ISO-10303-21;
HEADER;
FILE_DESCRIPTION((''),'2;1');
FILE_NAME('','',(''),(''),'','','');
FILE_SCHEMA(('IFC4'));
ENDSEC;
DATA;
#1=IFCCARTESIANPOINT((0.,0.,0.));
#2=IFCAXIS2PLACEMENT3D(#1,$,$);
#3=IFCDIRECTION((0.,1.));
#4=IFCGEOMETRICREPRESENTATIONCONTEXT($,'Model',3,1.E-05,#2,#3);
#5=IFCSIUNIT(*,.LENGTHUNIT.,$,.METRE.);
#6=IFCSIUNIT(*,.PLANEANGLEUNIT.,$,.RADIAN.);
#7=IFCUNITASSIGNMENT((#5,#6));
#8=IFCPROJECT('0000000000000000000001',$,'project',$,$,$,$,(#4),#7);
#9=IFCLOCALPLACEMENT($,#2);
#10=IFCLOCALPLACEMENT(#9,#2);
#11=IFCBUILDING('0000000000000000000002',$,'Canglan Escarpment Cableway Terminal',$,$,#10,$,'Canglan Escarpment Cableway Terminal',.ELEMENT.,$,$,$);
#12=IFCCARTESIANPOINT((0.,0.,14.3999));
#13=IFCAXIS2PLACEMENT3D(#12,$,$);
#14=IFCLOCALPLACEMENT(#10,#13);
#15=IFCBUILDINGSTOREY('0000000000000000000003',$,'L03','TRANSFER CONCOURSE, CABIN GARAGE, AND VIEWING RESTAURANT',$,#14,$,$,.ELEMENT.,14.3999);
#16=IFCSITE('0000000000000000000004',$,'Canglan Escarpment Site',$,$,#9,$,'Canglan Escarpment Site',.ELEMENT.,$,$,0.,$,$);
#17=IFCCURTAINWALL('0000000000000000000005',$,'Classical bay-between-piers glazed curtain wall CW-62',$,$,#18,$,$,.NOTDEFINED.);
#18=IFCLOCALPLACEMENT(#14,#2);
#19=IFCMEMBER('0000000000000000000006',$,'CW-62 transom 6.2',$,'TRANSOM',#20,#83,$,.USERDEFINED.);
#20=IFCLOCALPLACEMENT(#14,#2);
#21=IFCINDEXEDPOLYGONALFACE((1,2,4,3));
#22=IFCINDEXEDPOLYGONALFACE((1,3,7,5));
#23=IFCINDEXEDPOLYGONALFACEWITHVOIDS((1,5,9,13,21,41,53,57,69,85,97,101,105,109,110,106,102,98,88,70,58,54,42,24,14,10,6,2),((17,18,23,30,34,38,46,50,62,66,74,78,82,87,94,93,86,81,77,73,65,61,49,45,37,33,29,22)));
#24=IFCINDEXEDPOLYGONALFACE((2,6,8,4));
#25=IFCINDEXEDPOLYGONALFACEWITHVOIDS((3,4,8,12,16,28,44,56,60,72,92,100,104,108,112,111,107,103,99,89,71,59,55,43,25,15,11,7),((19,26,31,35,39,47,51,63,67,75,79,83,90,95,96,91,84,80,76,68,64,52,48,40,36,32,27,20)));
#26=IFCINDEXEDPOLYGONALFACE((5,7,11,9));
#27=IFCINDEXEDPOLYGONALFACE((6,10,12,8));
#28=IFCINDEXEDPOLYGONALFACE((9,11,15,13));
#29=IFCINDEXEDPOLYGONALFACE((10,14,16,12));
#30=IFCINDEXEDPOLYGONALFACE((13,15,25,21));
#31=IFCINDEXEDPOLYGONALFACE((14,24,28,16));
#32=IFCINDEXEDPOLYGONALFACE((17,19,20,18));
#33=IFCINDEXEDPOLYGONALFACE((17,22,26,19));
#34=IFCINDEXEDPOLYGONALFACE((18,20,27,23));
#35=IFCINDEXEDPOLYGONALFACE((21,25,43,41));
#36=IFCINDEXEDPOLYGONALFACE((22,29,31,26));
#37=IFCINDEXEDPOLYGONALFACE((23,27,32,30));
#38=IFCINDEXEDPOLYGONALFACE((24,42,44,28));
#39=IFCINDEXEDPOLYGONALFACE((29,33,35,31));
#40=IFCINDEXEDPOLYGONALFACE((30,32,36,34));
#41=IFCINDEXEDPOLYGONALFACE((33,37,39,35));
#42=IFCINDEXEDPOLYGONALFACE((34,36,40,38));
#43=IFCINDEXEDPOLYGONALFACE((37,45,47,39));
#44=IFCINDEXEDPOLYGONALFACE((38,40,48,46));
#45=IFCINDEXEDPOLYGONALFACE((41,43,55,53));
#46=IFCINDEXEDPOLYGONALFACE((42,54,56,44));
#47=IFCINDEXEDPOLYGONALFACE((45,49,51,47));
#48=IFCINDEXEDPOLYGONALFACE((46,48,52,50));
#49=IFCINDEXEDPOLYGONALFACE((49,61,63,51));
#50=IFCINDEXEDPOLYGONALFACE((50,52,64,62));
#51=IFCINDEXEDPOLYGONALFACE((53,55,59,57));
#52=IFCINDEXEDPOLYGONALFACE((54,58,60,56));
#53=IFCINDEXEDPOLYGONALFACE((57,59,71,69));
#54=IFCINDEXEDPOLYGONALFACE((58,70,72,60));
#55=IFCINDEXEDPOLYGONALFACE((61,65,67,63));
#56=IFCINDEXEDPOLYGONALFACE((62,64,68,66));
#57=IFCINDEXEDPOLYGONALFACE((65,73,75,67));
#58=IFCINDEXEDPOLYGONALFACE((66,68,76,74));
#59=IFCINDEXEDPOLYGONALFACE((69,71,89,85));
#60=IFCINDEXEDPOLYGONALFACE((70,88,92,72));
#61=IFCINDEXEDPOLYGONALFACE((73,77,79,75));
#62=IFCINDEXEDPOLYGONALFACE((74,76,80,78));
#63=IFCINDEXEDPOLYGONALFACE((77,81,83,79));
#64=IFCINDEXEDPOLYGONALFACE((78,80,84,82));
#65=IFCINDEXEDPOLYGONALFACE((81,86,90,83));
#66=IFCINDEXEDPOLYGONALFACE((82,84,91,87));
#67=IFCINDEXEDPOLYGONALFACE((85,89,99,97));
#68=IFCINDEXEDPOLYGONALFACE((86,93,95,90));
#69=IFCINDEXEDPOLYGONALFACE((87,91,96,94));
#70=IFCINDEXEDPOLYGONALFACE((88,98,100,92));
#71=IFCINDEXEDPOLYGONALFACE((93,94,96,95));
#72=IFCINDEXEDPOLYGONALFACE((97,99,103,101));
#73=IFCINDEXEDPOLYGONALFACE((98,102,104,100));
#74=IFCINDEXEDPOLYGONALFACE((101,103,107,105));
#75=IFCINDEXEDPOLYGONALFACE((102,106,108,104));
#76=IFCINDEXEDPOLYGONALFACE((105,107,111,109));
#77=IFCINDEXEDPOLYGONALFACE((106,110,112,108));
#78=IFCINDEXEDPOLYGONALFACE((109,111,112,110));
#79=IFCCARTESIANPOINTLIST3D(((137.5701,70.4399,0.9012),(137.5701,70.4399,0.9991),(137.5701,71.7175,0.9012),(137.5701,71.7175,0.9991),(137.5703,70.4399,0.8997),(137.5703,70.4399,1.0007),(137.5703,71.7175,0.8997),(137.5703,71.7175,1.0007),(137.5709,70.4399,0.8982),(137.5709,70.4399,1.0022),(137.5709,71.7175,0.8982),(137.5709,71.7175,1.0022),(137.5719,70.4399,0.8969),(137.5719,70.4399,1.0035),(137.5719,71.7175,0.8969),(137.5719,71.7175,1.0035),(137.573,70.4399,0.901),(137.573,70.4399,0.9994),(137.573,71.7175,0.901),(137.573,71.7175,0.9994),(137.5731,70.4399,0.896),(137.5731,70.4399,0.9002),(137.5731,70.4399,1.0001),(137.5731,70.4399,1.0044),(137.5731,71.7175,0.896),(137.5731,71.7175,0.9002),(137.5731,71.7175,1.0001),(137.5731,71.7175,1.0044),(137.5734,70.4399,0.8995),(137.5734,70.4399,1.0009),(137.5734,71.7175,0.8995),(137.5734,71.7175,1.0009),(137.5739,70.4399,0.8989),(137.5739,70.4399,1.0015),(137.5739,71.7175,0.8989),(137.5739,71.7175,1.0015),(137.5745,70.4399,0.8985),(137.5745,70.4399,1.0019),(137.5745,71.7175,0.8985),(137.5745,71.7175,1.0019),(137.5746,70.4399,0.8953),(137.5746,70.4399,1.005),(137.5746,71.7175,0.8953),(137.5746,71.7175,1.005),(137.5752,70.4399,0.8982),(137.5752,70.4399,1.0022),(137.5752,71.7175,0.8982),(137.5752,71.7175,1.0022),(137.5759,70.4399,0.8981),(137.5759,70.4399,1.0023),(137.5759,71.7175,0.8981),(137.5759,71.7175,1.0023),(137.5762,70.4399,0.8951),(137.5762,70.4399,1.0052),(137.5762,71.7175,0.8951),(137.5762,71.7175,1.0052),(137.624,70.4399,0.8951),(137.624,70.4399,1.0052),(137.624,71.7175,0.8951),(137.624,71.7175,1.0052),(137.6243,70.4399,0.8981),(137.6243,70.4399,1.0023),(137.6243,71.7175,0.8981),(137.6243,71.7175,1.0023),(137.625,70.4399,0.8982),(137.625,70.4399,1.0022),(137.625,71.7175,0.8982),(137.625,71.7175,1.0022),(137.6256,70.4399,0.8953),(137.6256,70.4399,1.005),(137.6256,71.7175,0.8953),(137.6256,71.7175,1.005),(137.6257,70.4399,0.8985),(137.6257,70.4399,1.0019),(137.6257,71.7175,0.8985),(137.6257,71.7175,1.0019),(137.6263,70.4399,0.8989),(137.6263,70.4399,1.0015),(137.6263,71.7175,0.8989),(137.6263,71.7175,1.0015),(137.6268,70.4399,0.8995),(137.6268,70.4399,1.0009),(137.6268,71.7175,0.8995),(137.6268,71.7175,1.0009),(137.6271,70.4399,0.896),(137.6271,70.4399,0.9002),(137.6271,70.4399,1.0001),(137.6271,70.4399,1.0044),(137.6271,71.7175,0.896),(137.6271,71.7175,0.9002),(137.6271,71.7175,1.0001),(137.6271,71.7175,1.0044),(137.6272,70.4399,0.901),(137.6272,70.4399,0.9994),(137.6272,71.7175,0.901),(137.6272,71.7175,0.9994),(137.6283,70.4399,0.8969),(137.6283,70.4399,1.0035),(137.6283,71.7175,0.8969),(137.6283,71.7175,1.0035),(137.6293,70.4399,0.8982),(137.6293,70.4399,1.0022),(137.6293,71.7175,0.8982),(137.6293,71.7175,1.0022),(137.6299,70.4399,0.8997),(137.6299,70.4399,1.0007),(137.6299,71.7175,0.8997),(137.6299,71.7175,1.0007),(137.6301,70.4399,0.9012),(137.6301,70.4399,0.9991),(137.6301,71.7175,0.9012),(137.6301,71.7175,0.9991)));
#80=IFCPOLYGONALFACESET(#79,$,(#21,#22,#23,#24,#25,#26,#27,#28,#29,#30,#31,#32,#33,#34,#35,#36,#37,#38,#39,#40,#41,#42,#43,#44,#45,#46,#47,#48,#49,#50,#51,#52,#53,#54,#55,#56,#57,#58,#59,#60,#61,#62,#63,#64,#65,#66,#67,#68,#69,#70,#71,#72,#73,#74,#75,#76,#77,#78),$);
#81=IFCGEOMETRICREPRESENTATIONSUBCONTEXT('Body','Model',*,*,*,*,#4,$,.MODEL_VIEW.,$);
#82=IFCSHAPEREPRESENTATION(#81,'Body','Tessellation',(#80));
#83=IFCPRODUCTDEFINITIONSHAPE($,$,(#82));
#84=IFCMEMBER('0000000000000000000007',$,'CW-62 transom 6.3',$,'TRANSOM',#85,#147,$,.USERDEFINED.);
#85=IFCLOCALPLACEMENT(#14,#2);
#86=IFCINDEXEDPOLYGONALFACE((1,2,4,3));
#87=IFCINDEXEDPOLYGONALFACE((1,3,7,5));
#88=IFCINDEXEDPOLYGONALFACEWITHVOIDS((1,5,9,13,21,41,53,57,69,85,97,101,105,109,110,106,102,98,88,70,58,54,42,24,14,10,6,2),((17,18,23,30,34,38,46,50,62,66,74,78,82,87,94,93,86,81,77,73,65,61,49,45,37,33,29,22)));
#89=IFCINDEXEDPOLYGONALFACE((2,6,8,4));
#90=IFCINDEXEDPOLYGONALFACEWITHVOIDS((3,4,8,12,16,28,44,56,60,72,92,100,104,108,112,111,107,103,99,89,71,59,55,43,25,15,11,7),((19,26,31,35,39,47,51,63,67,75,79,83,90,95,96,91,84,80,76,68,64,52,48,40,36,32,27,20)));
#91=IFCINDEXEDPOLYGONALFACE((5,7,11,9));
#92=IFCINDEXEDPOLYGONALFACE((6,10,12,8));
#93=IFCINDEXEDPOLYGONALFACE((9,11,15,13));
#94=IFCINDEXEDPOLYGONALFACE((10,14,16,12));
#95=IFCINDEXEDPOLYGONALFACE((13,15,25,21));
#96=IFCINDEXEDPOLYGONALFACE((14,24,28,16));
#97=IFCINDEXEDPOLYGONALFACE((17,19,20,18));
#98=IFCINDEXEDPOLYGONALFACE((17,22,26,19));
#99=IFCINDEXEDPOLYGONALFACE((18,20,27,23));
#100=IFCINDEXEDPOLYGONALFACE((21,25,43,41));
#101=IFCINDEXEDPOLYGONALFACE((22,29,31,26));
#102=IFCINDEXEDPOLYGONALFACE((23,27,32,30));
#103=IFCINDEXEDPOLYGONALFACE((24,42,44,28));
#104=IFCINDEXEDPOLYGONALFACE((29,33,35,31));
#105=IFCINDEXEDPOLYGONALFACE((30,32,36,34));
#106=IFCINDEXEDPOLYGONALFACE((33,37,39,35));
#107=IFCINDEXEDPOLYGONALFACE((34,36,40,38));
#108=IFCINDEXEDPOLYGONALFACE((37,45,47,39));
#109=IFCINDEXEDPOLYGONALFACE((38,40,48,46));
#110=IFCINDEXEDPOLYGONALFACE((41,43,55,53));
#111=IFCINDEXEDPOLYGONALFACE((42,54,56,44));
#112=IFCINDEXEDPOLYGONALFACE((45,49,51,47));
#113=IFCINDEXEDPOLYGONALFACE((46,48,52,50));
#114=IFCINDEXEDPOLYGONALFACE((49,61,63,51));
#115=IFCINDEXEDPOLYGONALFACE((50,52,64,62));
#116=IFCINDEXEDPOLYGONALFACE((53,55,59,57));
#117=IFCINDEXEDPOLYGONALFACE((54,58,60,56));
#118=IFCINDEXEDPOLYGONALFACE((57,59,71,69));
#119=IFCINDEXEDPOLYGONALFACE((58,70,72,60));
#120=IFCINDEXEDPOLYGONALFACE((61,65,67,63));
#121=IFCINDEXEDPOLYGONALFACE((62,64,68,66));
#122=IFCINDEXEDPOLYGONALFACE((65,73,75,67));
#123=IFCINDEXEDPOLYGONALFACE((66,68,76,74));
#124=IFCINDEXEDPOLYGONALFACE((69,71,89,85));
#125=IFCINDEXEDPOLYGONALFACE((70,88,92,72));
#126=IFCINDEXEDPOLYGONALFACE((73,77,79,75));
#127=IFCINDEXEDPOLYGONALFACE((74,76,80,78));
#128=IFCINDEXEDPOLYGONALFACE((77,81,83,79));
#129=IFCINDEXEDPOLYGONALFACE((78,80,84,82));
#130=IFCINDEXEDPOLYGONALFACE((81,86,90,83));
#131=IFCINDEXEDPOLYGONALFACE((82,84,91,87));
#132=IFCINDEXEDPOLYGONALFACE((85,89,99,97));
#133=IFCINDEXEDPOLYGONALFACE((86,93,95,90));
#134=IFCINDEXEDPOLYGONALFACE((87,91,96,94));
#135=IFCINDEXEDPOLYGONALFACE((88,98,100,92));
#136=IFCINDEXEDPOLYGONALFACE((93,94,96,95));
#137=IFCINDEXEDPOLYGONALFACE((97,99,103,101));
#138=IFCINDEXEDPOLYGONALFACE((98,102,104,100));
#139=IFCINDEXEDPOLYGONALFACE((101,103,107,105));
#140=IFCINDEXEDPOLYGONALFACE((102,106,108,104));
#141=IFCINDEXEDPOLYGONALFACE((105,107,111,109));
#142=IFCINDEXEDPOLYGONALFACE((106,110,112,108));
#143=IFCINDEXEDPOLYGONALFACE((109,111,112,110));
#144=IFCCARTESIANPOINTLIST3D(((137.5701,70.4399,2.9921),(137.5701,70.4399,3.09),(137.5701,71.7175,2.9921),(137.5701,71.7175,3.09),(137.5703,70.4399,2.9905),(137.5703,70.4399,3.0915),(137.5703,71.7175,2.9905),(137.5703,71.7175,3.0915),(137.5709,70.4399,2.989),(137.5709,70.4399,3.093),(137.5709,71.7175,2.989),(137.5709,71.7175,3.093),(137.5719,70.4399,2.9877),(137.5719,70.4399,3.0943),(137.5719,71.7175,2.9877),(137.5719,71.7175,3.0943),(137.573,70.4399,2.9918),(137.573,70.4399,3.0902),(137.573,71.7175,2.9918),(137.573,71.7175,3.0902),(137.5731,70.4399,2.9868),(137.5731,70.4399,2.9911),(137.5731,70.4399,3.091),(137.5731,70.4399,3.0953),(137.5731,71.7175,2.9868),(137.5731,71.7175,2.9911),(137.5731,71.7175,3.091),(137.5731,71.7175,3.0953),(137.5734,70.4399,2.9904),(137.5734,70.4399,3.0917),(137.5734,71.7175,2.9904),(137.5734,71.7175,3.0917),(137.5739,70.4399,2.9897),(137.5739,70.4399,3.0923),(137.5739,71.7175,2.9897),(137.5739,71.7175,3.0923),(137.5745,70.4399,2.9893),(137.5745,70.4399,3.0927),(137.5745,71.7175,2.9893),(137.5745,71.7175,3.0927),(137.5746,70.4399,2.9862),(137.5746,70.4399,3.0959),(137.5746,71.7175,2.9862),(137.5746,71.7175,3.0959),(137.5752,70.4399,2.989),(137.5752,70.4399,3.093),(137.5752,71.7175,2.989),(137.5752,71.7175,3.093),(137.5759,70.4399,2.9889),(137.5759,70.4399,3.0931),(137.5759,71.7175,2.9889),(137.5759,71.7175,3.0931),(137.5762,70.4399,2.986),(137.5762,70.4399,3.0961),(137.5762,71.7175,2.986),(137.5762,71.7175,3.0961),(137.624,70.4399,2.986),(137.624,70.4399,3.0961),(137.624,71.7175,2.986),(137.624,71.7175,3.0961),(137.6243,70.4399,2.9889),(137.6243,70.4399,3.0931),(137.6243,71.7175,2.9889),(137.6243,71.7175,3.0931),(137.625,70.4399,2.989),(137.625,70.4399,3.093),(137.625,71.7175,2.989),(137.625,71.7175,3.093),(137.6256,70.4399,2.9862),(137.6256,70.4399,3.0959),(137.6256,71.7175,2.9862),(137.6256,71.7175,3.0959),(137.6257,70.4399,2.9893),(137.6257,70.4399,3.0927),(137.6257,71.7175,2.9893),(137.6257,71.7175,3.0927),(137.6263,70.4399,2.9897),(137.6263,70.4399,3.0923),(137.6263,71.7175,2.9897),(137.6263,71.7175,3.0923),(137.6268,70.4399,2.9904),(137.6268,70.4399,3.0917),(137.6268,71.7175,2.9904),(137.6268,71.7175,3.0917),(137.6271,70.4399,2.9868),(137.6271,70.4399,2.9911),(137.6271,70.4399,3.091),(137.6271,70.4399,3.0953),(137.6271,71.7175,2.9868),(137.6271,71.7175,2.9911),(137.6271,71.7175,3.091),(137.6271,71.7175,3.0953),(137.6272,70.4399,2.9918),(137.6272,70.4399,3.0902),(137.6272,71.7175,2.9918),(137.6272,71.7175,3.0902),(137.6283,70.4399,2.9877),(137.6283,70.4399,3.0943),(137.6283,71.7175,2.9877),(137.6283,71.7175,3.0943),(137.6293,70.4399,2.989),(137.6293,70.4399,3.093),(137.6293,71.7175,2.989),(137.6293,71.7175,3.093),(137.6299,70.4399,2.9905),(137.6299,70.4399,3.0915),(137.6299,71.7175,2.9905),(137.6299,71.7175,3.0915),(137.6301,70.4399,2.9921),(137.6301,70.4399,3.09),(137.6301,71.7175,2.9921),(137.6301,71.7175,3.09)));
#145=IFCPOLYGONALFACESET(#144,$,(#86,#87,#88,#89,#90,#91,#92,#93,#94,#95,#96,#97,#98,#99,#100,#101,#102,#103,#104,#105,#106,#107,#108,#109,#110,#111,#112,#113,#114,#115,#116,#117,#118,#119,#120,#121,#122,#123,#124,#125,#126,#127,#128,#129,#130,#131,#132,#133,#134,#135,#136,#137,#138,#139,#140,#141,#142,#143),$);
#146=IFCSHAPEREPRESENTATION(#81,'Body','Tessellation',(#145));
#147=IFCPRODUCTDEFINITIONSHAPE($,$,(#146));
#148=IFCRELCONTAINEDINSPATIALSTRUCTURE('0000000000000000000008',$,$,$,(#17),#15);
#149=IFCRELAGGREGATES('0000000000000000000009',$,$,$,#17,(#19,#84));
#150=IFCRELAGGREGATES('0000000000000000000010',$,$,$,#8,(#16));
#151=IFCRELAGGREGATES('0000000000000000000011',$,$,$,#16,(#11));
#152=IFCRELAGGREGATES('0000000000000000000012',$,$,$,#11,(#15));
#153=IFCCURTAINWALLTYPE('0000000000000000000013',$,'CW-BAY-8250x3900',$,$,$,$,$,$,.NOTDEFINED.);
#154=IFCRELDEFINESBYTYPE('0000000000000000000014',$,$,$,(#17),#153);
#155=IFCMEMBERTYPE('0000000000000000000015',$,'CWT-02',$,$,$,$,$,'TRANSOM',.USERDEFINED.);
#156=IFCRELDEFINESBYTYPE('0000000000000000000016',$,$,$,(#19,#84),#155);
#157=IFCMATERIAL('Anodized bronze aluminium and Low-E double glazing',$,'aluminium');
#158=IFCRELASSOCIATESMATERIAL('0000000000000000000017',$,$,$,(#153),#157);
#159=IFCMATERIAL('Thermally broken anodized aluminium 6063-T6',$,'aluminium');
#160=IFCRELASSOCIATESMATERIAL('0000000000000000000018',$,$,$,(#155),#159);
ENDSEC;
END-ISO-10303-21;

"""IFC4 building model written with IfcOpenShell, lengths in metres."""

from ifc_helpers import new_model, si_unit, direction, frame, origin, origin_2d, place, context, subcontext, project, spatial, hollow_rectangle, extrude, material, material_profile, profile_set, type_object, element, aggregate, save


model = new_model("IFC4")

# Units and contexts
model_context = context("Model", 3, precision=1e-05, world=origin(), true_north=direction((0.0, 1.0)))
body_context = subcontext(model_context, "Body", "Model", "MODEL_VIEW")
ifc_project = project(units=[si_unit("LENGTHUNIT", "METRE"), si_unit("PLANEANGLEUNIT", "RADIAN")], contexts=[model_context])

# Site, building, storey
site_placement = place(None, origin())
site = spatial("IfcSite", under=ifc_project, at=site_placement, Name="Canglan Escarpment Site", LongName="Canglan Escarpment Site", CompositionType="ELEMENT", RefElevation=0.0)
building_placement = place(site_placement, origin())
building = spatial("IfcBuilding", under=site, at=building_placement, Name="Canglan Escarpment Cableway Terminal", LongName="Canglan Escarpment Cableway Terminal", CompositionType="ELEMENT")
storey_placement = place(building_placement, frame((0.0, 0.0, 14.3999)))
storey = spatial("IfcBuildingStorey", under=building, at=storey_placement, Name="L03", Description="TRANSFER CONCOURSE, CABIN GARAGE, AND VIEWING RESTAURANT", CompositionType="ELEMENT", Elevation=14.3999)

# Curtain wall, members
ifc_material_1 = material(Name="Anodized bronze aluminium and Low-E double glazing", Category="aluminium")
curtain_wall_type = type_object("IfcCurtainWallType", Name="CW-BAY-8250x3900", PredefinedType="NOTDEFINED", material=ifc_material_1)
curtain_wall_placement = place(storey_placement, origin())
curtain_wall = element("IfcCurtainWall", 1, at=curtain_wall_placement, inside=storey, type_object=curtain_wall_type, Name="Classical bay-between-piers glazed curtain wall CW-62", PredefinedType="NOTDEFINED")
ifc_material_2 = material(Name="Thermally broken anodized aluminium 6063-T6", Category="aluminium")
ifc_material_profile_1 = material_profile(ifc_material_2, hollow_rectangle(XDim=0.0601, YDim=0.1101, WallThickness=0.0029, InnerFilletRadius=0.0029, OuterFilletRadius=0.0061, at=origin_2d()), Name="ALU-TRAN 60x110x3")
ifc_profile_set_1 = profile_set([ifc_material_profile_1], Name="Thermally broken anodized aluminium 6063-T6")
member_type_1 = type_object("IfcMemberType", Name="CWT-02", ElementType="TRANSOM", PredefinedType="USERDEFINED", material=ifc_profile_set_1)
member_1_placement = place(storey_placement, frame((137.6001, 71.7175, 0.9502), z_axis=(0.0, -1.0, 0.0), x_axis=(1.0, 0.0, 0.0)))
member_1 = element("IfcMember", 2, at=member_1_placement, type_object=member_type_1, Name="CW-62 transom 6.2", ObjectType="TRANSOM", PredefinedType="USERDEFINED", context=body_context, shape_type="SweptSolid", body=[
    extrude(hollow_rectangle(XDim=0.0601, YDim=0.1101, WallThickness=0.0029, InnerFilletRadius=0.0029, OuterFilletRadius=0.0061, at=origin_2d()), origin(), (0.0, 0.0, 1.0), 1.2776),
])
member_2_placement = place(storey_placement, frame((137.6001, 71.7175, 3.041), z_axis=(0.0, -1.0, 0.0), x_axis=(1.0, 0.0, 0.0)))
member_2 = element("IfcMember", 3, at=member_2_placement, type_object=member_type_1, Name="CW-62 transom 6.3", ObjectType="TRANSOM", PredefinedType="USERDEFINED", context=body_context, shape_type="SweptSolid", body=[
    extrude(hollow_rectangle(XDim=0.0601, YDim=0.1101, WallThickness=0.0029, InnerFilletRadius=0.0029, OuterFilletRadius=0.0061, at=origin_2d()), origin(), (0.0, 0.0, 1.0), 1.2776),
])
aggregate(curtain_wall, [member_1, member_2])

save(model, "model.ifc")
